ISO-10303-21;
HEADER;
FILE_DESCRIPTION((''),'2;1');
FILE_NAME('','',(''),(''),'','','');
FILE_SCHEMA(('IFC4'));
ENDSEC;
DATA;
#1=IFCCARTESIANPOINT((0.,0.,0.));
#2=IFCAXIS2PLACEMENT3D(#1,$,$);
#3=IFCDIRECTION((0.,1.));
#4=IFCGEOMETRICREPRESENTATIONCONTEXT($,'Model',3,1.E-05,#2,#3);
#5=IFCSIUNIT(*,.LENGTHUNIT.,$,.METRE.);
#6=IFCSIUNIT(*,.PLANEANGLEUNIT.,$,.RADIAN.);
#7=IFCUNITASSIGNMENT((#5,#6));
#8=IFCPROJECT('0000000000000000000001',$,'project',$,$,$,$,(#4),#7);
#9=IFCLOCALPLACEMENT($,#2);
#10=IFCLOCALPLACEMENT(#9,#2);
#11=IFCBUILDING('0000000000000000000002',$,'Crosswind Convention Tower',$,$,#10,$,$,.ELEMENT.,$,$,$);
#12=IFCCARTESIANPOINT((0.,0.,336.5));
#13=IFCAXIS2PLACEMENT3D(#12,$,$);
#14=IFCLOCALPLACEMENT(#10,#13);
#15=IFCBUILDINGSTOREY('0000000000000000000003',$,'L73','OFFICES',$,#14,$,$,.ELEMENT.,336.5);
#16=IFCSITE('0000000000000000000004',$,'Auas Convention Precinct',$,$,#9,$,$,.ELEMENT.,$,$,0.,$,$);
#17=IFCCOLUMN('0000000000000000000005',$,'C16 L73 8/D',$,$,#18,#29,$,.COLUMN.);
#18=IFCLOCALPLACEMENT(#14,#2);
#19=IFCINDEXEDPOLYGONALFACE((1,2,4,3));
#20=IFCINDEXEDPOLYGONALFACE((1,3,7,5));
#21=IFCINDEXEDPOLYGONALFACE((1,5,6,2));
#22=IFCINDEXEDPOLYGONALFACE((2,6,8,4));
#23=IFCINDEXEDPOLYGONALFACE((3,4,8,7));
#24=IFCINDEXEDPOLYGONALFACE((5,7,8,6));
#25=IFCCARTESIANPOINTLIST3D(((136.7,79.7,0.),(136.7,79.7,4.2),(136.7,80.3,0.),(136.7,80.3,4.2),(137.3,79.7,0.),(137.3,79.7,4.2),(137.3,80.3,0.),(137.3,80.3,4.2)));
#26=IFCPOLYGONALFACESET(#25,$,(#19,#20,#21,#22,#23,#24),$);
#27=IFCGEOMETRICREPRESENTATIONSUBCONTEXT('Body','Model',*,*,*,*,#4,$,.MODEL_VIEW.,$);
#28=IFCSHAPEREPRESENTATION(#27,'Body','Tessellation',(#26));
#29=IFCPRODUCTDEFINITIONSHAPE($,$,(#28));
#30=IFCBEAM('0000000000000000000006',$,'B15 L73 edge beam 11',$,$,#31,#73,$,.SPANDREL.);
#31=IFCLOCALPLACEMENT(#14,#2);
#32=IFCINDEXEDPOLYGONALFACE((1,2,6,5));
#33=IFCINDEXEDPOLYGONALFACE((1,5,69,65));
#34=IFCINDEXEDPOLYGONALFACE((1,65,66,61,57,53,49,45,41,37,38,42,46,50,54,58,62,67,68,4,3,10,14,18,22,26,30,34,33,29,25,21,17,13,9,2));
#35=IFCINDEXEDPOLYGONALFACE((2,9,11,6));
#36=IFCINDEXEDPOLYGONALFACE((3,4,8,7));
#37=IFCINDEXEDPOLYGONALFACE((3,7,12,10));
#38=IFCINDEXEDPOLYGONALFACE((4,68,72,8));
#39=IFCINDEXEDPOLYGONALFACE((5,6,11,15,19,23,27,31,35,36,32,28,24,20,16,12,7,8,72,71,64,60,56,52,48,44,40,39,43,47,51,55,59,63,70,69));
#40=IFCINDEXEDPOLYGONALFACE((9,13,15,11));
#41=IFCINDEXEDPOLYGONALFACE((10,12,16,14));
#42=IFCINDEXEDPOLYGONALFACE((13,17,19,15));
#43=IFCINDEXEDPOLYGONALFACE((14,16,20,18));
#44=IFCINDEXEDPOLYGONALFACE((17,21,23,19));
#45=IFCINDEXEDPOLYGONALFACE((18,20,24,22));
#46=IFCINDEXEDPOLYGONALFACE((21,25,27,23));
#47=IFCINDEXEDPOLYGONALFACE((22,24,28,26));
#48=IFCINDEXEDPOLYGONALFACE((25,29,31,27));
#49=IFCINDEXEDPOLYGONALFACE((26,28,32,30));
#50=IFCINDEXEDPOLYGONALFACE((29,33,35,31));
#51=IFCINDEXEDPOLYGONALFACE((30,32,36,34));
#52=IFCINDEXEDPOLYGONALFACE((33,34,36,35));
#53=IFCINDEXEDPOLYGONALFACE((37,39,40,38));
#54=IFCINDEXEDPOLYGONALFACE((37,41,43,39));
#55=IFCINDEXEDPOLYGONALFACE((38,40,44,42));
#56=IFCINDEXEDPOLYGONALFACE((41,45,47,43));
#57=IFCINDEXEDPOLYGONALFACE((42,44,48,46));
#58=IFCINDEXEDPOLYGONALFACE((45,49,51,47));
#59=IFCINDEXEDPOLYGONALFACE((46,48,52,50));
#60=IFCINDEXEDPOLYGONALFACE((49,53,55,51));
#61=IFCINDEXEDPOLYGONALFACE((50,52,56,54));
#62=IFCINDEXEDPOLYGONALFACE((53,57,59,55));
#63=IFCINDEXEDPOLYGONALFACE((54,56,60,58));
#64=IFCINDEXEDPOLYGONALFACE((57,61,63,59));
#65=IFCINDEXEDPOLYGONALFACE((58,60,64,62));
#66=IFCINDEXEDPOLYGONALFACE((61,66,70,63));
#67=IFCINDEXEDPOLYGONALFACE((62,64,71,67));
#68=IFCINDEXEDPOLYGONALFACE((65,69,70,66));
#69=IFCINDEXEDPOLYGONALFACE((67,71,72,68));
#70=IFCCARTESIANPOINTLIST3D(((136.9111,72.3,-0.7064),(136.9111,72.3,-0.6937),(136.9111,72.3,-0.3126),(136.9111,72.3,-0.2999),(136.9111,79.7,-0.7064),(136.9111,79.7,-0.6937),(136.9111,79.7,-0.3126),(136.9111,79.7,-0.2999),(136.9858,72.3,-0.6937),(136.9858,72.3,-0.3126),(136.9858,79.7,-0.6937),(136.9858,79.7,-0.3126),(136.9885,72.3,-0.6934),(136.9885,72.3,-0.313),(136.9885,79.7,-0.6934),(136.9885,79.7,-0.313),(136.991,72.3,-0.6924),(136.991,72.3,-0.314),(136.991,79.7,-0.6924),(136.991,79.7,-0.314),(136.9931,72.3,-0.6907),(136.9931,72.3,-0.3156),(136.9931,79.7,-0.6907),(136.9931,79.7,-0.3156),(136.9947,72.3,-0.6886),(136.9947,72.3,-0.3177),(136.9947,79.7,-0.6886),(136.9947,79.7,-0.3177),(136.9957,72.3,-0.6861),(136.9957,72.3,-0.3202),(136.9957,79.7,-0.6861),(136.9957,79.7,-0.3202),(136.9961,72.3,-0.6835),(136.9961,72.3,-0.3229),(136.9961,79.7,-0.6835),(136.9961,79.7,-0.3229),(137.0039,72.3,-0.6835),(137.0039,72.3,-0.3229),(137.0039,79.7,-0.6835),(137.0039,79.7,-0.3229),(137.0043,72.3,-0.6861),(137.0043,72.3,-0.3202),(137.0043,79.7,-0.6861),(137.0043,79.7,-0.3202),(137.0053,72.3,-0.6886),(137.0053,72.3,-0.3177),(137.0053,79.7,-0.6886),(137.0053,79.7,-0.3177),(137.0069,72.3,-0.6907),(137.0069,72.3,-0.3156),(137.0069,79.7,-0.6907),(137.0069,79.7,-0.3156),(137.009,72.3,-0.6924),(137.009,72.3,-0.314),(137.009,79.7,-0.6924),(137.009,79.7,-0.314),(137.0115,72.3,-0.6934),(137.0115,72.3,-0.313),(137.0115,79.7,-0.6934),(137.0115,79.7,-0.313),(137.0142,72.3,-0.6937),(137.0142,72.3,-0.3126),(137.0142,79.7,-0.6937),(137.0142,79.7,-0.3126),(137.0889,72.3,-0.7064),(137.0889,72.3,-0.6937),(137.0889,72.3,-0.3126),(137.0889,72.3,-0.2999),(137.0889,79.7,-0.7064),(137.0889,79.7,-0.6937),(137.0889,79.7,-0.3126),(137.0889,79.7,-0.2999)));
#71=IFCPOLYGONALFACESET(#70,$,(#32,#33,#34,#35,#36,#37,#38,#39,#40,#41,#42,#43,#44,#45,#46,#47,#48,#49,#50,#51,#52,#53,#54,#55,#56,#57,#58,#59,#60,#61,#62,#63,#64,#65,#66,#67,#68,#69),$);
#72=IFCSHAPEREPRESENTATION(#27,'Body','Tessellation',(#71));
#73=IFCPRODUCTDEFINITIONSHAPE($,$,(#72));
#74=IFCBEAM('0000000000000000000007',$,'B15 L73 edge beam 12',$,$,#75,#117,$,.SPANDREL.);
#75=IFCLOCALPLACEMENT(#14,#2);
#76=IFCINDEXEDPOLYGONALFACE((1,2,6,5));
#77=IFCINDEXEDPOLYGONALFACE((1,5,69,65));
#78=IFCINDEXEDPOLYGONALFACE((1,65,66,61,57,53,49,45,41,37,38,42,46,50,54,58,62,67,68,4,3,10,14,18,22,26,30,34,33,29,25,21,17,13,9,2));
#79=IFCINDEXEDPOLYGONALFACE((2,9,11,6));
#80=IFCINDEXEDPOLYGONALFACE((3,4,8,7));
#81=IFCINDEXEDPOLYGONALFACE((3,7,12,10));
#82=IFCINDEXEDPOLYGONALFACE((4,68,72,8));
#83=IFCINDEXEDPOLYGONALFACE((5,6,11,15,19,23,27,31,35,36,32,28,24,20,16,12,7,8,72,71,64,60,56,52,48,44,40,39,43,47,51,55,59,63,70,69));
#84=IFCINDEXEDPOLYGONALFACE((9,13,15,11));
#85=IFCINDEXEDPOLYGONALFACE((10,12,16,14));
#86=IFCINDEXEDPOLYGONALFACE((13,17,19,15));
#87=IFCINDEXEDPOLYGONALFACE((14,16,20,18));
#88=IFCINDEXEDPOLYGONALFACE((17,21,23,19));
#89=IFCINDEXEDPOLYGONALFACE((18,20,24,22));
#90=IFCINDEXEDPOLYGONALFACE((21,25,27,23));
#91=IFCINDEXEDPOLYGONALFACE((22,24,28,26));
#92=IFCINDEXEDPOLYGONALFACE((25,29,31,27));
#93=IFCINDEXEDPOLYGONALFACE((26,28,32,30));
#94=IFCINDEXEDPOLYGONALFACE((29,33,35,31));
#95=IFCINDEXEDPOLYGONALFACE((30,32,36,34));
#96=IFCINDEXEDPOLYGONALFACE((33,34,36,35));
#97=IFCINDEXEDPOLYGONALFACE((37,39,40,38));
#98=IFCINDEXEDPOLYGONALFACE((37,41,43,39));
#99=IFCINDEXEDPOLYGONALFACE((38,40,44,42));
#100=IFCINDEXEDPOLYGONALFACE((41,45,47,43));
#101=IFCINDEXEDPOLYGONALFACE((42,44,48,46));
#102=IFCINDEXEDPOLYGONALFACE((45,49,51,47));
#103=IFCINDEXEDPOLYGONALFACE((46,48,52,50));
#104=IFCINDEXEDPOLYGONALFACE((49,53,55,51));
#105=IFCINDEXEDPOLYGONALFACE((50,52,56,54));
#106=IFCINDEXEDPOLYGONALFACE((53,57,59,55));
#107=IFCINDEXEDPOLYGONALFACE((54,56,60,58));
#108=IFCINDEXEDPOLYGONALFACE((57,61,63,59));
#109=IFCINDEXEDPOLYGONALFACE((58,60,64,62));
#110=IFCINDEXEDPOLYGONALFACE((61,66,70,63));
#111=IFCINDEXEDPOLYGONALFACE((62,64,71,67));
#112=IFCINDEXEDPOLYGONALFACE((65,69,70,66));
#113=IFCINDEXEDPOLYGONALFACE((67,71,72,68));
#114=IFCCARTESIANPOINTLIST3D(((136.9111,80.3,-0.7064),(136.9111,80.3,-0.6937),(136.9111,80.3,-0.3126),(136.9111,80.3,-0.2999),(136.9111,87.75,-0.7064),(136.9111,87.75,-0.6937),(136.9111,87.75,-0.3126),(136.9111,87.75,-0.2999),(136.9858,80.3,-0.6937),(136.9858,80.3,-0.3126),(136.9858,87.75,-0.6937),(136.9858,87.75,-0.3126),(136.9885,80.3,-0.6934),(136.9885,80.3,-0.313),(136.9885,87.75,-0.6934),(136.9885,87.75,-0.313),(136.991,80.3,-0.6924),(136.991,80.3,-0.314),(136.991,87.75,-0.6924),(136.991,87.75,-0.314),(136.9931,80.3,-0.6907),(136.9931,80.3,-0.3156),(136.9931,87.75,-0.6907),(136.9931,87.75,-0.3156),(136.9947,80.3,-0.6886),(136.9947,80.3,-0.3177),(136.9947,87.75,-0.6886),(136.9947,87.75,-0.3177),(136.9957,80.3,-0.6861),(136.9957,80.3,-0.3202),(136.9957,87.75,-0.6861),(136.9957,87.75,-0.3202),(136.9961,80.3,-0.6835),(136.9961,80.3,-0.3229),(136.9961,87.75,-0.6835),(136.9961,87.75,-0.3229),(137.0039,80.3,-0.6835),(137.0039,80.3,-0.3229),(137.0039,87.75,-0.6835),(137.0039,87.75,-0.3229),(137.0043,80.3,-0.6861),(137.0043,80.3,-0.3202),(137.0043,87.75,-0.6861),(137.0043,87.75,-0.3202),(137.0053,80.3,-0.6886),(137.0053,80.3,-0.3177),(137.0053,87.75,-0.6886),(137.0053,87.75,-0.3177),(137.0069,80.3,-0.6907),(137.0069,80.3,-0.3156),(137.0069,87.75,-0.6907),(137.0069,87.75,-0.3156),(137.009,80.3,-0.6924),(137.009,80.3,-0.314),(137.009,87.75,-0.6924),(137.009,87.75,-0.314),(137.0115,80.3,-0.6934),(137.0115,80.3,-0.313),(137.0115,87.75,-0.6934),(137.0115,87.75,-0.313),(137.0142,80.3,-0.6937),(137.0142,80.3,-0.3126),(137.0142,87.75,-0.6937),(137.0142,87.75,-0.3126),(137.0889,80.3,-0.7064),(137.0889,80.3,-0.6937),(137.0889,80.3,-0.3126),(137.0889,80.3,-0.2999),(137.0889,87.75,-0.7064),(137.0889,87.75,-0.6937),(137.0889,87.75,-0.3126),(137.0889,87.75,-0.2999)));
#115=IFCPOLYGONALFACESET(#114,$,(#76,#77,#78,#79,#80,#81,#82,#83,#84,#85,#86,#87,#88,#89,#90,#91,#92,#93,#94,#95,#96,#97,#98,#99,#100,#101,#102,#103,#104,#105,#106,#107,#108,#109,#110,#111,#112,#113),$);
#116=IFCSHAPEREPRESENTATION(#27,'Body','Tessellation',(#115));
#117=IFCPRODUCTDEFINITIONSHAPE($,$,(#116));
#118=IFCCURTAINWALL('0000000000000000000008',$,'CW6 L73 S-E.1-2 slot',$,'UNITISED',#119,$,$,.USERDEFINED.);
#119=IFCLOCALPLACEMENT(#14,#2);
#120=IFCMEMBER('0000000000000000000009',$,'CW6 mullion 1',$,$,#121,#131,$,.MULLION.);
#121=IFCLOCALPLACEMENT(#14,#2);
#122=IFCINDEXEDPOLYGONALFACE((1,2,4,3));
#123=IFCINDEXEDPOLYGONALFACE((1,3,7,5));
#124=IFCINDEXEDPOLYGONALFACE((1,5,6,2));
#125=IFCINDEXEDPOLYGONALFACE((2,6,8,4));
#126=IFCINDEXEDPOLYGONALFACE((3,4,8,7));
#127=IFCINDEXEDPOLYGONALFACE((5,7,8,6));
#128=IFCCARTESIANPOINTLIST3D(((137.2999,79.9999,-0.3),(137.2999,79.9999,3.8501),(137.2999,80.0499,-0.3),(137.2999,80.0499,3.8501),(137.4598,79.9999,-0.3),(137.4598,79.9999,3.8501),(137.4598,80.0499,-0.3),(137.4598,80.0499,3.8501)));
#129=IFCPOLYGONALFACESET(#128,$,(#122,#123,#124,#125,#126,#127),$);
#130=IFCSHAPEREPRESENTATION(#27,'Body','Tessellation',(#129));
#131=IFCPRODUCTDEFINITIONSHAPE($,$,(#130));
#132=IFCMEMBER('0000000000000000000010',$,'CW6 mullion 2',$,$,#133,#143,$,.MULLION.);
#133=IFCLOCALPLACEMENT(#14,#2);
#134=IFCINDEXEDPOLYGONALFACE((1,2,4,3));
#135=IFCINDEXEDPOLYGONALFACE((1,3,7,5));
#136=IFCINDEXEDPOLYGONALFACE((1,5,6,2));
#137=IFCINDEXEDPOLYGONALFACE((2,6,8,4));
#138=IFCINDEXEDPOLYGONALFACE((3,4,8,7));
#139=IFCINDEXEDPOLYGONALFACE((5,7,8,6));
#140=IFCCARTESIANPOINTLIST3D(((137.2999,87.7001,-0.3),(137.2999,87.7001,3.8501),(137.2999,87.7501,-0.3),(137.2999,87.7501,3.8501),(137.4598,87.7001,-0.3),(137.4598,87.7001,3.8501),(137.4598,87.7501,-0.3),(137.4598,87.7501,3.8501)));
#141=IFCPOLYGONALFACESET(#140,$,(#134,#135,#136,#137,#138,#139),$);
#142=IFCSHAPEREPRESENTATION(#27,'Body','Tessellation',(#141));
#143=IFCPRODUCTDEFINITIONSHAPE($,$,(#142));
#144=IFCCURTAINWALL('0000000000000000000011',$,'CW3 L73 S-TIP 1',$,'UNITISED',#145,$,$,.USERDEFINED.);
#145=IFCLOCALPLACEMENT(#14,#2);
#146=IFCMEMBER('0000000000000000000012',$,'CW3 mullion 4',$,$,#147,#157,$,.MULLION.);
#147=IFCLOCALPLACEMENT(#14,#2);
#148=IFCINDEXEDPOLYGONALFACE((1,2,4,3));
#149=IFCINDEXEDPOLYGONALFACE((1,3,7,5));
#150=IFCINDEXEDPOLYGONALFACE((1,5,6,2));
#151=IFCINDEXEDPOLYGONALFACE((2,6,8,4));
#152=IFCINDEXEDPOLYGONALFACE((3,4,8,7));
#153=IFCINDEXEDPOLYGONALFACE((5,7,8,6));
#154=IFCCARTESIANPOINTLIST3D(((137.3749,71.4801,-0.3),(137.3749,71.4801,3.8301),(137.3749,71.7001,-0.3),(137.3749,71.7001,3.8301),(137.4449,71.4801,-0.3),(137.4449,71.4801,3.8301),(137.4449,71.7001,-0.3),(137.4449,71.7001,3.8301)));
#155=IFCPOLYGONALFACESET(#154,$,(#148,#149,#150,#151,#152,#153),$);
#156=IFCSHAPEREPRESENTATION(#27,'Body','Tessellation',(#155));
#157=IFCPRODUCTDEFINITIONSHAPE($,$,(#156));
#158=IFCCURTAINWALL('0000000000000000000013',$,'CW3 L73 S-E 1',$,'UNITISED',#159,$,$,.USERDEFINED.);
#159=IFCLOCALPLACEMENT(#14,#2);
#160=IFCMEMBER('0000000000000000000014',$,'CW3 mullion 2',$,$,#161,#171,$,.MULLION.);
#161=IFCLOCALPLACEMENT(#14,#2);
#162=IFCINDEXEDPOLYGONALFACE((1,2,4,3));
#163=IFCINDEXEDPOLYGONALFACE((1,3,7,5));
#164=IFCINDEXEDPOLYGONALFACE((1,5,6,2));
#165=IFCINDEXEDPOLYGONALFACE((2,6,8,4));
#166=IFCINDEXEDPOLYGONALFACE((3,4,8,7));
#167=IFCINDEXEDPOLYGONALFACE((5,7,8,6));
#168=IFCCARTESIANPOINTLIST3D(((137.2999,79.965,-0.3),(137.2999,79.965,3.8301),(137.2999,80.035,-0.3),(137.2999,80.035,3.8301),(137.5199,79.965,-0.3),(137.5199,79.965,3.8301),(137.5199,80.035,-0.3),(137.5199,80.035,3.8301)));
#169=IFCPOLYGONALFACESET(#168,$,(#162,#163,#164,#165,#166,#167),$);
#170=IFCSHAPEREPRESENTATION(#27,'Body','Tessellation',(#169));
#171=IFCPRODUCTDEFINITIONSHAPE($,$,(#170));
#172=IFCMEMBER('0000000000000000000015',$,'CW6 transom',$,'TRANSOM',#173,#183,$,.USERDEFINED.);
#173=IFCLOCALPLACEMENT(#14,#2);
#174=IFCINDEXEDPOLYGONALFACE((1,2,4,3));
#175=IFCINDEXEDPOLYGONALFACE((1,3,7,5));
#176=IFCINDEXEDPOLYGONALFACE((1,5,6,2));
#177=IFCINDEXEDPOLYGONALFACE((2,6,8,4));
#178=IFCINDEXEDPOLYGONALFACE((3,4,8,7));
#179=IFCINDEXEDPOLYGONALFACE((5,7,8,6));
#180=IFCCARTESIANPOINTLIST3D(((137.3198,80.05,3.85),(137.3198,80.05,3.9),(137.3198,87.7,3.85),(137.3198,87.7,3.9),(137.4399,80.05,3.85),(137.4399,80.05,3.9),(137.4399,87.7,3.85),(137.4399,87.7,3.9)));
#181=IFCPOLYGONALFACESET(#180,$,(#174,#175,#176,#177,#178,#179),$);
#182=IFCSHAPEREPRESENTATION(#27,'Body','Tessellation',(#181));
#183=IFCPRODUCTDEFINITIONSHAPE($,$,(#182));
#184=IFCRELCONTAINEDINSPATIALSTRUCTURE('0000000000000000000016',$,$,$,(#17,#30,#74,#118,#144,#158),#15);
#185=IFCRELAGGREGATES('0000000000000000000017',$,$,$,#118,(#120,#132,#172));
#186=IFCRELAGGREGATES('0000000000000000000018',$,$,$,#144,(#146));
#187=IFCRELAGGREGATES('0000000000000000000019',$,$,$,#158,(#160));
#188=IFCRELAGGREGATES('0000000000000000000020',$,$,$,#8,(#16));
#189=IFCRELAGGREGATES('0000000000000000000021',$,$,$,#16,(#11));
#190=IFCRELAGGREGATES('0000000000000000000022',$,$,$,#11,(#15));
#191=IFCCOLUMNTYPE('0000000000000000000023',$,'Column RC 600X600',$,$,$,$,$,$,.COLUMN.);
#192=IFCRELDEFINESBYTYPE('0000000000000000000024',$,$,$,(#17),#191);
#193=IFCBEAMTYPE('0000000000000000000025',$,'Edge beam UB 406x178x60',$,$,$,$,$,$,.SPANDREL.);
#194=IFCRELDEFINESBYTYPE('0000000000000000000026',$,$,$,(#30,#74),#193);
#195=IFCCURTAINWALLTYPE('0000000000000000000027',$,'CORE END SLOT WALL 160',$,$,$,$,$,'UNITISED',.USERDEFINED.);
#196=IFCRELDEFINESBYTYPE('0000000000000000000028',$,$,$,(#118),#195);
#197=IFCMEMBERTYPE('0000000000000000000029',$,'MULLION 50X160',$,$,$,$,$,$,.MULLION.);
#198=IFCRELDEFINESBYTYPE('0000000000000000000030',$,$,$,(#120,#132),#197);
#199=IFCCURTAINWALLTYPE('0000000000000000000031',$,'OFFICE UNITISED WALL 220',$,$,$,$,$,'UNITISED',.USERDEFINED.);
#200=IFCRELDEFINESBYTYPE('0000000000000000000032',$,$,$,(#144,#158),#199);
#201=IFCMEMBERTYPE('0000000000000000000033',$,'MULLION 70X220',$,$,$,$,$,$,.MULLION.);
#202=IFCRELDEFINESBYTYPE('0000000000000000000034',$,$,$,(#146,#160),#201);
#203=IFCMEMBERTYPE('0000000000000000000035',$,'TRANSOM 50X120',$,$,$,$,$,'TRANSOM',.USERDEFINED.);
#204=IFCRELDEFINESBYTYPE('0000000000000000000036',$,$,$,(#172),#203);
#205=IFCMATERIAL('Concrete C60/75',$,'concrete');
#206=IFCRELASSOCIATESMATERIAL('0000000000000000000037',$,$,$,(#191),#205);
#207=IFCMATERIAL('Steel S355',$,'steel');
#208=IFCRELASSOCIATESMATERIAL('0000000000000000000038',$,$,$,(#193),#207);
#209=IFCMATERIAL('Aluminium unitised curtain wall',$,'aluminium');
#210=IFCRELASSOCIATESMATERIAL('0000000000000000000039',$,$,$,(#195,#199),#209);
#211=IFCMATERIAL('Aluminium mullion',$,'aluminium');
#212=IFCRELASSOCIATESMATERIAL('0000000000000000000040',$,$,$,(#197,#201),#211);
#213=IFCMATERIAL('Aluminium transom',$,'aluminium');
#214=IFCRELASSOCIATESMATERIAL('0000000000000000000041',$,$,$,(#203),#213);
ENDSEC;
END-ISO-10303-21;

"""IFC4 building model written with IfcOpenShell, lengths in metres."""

from ifc_helpers import new_model, si_unit, direction, frame, origin, origin_2d, place, context, subcontext, project, spatial, rectangle, i_section, extrude, material, material_profile, profile_set, type_object, element, aggregate, save


model = new_model("IFC4")

# Units and contexts
model_context = context("Model", 3, precision=1e-05, world=origin(), true_north=direction((0.0, 1.0)))
body_context = subcontext(model_context, "Body", "Model", "MODEL_VIEW")
ifc_project = project(units=[si_unit("LENGTHUNIT", "METRE"), si_unit("PLANEANGLEUNIT", "RADIAN")], contexts=[model_context])

# Site, building, storey
site_placement = place(None, origin())
site = spatial("IfcSite", under=ifc_project, at=site_placement, Name="Auas Convention Precinct", CompositionType="ELEMENT", RefElevation=0.0)
building_placement = place(site_placement, origin())
building = spatial("IfcBuilding", under=site, at=building_placement, Name="Crosswind Convention Tower", CompositionType="ELEMENT")
storey_placement = place(building_placement, frame((0.0, 0.0, 336.5)))
storey = spatial("IfcBuildingStorey", under=building, at=storey_placement, Name="L73", Description="OFFICES", CompositionType="ELEMENT", Elevation=336.5)

# Column
ifc_material_1 = material(Name="Concrete C60/75", Category="concrete")
ifc_material_profile_1 = material_profile(ifc_material_1, rectangle(XDim=0.6001, YDim=0.6001, at=origin_2d()), Name="RC 600X600")
ifc_profile_set_1 = profile_set([ifc_material_profile_1], Name="Concrete C60/75")
column_type = type_object("IfcColumnType", Name="Column RC 600X600", PredefinedType="COLUMN", material=ifc_profile_set_1)
column_placement = place(storey_placement, frame((137.0, 80.0, 0.0), z_axis=(0.0, 0.0, 1.0), x_axis=(1.0, 0.0, 0.0)))
element("IfcColumn", 1, at=column_placement, inside=storey, type_object=column_type, Name="C16 L73 8/D", PredefinedType="COLUMN", context=body_context, shape_type="SweptSolid", body=[
    extrude(rectangle(XDim=0.6001, YDim=0.6001, at=origin_2d()), origin(), (0.0, 0.0, 1.0), 4.2),
])

# Beams
ifc_material_2 = material(Name="Steel S355", Category="steel")
ifc_material_profile_2 = material_profile(ifc_material_2, i_section(OverallWidth=0.1777, OverallDepth=0.4065, WebThickness=0.0078, FlangeThickness=0.0127, FilletRadius=0.0103, at=origin_2d()), Name="UB 406x178x60")
ifc_profile_set_2 = profile_set([ifc_material_profile_2], Name="Steel S355")
beam_type = type_object("IfcBeamType", Name="Edge beam UB 406x178x60", PredefinedType="SPANDREL", material=ifc_profile_set_2)
beam_1_placement = place(storey_placement, frame((137.0, 72.3, -0.5032), z_axis=(0.0, 1.0, 0.0), x_axis=(-1.0, 0.0, 0.0)))
element("IfcBeam", 2, at=beam_1_placement, inside=storey, type_object=beam_type, Name="B15 L73 edge beam 11", PredefinedType="SPANDREL", context=body_context, shape_type="SweptSolid", body=[
    extrude(i_section(OverallWidth=0.1777, OverallDepth=0.4065, WebThickness=0.0078, FlangeThickness=0.0127, FilletRadius=0.0103, at=origin_2d()), origin(), (0.0, 0.0, 1.0), 7.3999),
])
beam_2_placement = place(storey_placement, frame((137.0, 80.3, -0.5032), z_axis=(0.0, 1.0, 0.0), x_axis=(-1.0, 0.0, 0.0)))
element("IfcBeam", 3, at=beam_2_placement, inside=storey, type_object=beam_type, Name="B15 L73 edge beam 12", PredefinedType="SPANDREL", context=body_context, shape_type="SweptSolid", body=[
    extrude(i_section(OverallWidth=0.1777, OverallDepth=0.4065, WebThickness=0.0078, FlangeThickness=0.0127, FilletRadius=0.0103, at=origin_2d()), origin(), (0.0, 0.0, 1.0), 7.45),
])

# Curtain wall, members
ifc_material_3 = material(Name="Aluminium unitised curtain wall", Category="aluminium")
curtain_wall_type_1 = type_object("IfcCurtainWallType", Name="CORE END SLOT WALL 160", ElementType="UNITISED", PredefinedType="USERDEFINED", material=ifc_material_3)
curtain_wall_1_placement = place(storey_placement, origin())
curtain_wall_1 = element("IfcCurtainWall", 4, at=curtain_wall_1_placement, inside=storey, type_object=curtain_wall_type_1, Name="CW6 L73 S-E.1-2 slot", ObjectType="UNITISED", PredefinedType="USERDEFINED")
ifc_material_4 = material(Name="Aluminium mullion", Category="aluminium")
ifc_material_profile_3 = material_profile(ifc_material_4, rectangle(XDim=0.1599, YDim=0.05, at=origin_2d()), Name="AL 160X50")
ifc_profile_set_3 = profile_set([ifc_material_profile_3], Name="Aluminium mullion")
member_type_1 = type_object("IfcMemberType", Name="MULLION 50X160", PredefinedType="MULLION", material=ifc_profile_set_3)
member_1_placement = place(storey_placement, frame((137.3799, 80.0249, -0.3), z_axis=(0.0, 0.0, 1.0), x_axis=(1.0, 0.0, 0.0)))
member_1 = element("IfcMember", 5, at=member_1_placement, type_object=member_type_1, Name="CW6 mullion 1", PredefinedType="MULLION", context=body_context, shape_type="SweptSolid", body=[
    extrude(rectangle(XDim=0.1599, YDim=0.05, at=origin_2d()), origin(), (0.0, 0.0, 1.0), 4.1501),
])
member_2_placement = place(storey_placement, frame((137.3799, 87.7251, -0.3), z_axis=(0.0, 0.0, 1.0), x_axis=(1.0, 0.0, 0.0)))
member_2 = element("IfcMember", 6, at=member_2_placement, type_object=member_type_1, Name="CW6 mullion 2", PredefinedType="MULLION", context=body_context, shape_type="SweptSolid", body=[
    extrude(rectangle(XDim=0.1599, YDim=0.05, at=origin_2d()), origin(), (0.0, 0.0, 1.0), 4.1501),
])

# Curtain walls, members
curtain_wall_type_2 = type_object("IfcCurtainWallType", Name="OFFICE UNITISED WALL 220", ElementType="UNITISED", PredefinedType="USERDEFINED", material=ifc_material_3)
curtain_wall_2_placement = place(storey_placement, origin())
curtain_wall_2 = element("IfcCurtainWall", 7, at=curtain_wall_2_placement, inside=storey, type_object=curtain_wall_type_2, Name="CW3 L73 S-TIP 1", ObjectType="UNITISED", PredefinedType="USERDEFINED")
ifc_material_profile_4 = material_profile(ifc_material_4, rectangle(XDim=0.22, YDim=0.0701, at=origin_2d()), Name="AL 220X70")
ifc_profile_set_4 = profile_set([ifc_material_profile_4], Name="Aluminium mullion")
member_type_2 = type_object("IfcMemberType", Name="MULLION 70X220", PredefinedType="MULLION", material=ifc_profile_set_4)
member_3_placement = place(storey_placement, frame((137.4099, 71.5901, -0.3), z_axis=(0.0, 0.0, 1.0), x_axis=(0.0, -1.0, 0.0)))
member_3 = element("IfcMember", 8, at=member_3_placement, type_object=member_type_2, Name="CW3 mullion 4", PredefinedType="MULLION", context=body_context, shape_type="SweptSolid", body=[
    extrude(rectangle(XDim=0.22, YDim=0.0701, at=origin_2d()), origin(), (0.0, 0.0, 1.0), 4.1301),
])
curtain_wall_3_placement = place(storey_placement, origin())
curtain_wall_3 = element("IfcCurtainWall", 9, at=curtain_wall_3_placement, inside=storey, type_object=curtain_wall_type_2, Name="CW3 L73 S-E 1", ObjectType="UNITISED", PredefinedType="USERDEFINED")
member_4_placement = place(storey_placement, frame((137.4099, 80.0, -0.3), z_axis=(0.0, 0.0, 1.0), x_axis=(1.0, 0.0, 0.0)))
member_4 = element("IfcMember", 10, at=member_4_placement, type_object=member_type_2, Name="CW3 mullion 2", PredefinedType="MULLION", context=body_context, shape_type="SweptSolid", body=[
    extrude(rectangle(XDim=0.22, YDim=0.0701, at=origin_2d()), origin(), (0.0, 0.0, 1.0), 4.1301),
])

# Member
ifc_material_5 = material(Name="Aluminium transom", Category="aluminium")
ifc_material_profile_5 = material_profile(ifc_material_5, rectangle(XDim=0.1201, YDim=0.05, at=origin_2d()), Name="AL 120X50")
ifc_profile_set_5 = profile_set([ifc_material_profile_5], Name="Aluminium transom")
member_type_3 = type_object("IfcMemberType", Name="TRANSOM 50X120", ElementType="TRANSOM", PredefinedType="USERDEFINED", material=ifc_profile_set_5)
member_5_placement = place(storey_placement, frame((137.3799, 80.05, 3.875), z_axis=(0.0, 1.0, 0.0), x_axis=(-1.0, 0.0, 0.0)))
member_5 = element("IfcMember", 11, at=member_5_placement, type_object=member_type_3, Name="CW6 transom", ObjectType="TRANSOM", PredefinedType="USERDEFINED", context=body_context, shape_type="SweptSolid", body=[
    extrude(rectangle(XDim=0.1201, YDim=0.05, at=origin_2d()), origin(), (0.0, 0.0, 1.0), 7.6499),
])

aggregate(curtain_wall_1, [member_1, member_2, member_5])
aggregate(curtain_wall_2, [member_3])

aggregate(curtain_wall_3, [member_4])

save(model, "model.ifc")
